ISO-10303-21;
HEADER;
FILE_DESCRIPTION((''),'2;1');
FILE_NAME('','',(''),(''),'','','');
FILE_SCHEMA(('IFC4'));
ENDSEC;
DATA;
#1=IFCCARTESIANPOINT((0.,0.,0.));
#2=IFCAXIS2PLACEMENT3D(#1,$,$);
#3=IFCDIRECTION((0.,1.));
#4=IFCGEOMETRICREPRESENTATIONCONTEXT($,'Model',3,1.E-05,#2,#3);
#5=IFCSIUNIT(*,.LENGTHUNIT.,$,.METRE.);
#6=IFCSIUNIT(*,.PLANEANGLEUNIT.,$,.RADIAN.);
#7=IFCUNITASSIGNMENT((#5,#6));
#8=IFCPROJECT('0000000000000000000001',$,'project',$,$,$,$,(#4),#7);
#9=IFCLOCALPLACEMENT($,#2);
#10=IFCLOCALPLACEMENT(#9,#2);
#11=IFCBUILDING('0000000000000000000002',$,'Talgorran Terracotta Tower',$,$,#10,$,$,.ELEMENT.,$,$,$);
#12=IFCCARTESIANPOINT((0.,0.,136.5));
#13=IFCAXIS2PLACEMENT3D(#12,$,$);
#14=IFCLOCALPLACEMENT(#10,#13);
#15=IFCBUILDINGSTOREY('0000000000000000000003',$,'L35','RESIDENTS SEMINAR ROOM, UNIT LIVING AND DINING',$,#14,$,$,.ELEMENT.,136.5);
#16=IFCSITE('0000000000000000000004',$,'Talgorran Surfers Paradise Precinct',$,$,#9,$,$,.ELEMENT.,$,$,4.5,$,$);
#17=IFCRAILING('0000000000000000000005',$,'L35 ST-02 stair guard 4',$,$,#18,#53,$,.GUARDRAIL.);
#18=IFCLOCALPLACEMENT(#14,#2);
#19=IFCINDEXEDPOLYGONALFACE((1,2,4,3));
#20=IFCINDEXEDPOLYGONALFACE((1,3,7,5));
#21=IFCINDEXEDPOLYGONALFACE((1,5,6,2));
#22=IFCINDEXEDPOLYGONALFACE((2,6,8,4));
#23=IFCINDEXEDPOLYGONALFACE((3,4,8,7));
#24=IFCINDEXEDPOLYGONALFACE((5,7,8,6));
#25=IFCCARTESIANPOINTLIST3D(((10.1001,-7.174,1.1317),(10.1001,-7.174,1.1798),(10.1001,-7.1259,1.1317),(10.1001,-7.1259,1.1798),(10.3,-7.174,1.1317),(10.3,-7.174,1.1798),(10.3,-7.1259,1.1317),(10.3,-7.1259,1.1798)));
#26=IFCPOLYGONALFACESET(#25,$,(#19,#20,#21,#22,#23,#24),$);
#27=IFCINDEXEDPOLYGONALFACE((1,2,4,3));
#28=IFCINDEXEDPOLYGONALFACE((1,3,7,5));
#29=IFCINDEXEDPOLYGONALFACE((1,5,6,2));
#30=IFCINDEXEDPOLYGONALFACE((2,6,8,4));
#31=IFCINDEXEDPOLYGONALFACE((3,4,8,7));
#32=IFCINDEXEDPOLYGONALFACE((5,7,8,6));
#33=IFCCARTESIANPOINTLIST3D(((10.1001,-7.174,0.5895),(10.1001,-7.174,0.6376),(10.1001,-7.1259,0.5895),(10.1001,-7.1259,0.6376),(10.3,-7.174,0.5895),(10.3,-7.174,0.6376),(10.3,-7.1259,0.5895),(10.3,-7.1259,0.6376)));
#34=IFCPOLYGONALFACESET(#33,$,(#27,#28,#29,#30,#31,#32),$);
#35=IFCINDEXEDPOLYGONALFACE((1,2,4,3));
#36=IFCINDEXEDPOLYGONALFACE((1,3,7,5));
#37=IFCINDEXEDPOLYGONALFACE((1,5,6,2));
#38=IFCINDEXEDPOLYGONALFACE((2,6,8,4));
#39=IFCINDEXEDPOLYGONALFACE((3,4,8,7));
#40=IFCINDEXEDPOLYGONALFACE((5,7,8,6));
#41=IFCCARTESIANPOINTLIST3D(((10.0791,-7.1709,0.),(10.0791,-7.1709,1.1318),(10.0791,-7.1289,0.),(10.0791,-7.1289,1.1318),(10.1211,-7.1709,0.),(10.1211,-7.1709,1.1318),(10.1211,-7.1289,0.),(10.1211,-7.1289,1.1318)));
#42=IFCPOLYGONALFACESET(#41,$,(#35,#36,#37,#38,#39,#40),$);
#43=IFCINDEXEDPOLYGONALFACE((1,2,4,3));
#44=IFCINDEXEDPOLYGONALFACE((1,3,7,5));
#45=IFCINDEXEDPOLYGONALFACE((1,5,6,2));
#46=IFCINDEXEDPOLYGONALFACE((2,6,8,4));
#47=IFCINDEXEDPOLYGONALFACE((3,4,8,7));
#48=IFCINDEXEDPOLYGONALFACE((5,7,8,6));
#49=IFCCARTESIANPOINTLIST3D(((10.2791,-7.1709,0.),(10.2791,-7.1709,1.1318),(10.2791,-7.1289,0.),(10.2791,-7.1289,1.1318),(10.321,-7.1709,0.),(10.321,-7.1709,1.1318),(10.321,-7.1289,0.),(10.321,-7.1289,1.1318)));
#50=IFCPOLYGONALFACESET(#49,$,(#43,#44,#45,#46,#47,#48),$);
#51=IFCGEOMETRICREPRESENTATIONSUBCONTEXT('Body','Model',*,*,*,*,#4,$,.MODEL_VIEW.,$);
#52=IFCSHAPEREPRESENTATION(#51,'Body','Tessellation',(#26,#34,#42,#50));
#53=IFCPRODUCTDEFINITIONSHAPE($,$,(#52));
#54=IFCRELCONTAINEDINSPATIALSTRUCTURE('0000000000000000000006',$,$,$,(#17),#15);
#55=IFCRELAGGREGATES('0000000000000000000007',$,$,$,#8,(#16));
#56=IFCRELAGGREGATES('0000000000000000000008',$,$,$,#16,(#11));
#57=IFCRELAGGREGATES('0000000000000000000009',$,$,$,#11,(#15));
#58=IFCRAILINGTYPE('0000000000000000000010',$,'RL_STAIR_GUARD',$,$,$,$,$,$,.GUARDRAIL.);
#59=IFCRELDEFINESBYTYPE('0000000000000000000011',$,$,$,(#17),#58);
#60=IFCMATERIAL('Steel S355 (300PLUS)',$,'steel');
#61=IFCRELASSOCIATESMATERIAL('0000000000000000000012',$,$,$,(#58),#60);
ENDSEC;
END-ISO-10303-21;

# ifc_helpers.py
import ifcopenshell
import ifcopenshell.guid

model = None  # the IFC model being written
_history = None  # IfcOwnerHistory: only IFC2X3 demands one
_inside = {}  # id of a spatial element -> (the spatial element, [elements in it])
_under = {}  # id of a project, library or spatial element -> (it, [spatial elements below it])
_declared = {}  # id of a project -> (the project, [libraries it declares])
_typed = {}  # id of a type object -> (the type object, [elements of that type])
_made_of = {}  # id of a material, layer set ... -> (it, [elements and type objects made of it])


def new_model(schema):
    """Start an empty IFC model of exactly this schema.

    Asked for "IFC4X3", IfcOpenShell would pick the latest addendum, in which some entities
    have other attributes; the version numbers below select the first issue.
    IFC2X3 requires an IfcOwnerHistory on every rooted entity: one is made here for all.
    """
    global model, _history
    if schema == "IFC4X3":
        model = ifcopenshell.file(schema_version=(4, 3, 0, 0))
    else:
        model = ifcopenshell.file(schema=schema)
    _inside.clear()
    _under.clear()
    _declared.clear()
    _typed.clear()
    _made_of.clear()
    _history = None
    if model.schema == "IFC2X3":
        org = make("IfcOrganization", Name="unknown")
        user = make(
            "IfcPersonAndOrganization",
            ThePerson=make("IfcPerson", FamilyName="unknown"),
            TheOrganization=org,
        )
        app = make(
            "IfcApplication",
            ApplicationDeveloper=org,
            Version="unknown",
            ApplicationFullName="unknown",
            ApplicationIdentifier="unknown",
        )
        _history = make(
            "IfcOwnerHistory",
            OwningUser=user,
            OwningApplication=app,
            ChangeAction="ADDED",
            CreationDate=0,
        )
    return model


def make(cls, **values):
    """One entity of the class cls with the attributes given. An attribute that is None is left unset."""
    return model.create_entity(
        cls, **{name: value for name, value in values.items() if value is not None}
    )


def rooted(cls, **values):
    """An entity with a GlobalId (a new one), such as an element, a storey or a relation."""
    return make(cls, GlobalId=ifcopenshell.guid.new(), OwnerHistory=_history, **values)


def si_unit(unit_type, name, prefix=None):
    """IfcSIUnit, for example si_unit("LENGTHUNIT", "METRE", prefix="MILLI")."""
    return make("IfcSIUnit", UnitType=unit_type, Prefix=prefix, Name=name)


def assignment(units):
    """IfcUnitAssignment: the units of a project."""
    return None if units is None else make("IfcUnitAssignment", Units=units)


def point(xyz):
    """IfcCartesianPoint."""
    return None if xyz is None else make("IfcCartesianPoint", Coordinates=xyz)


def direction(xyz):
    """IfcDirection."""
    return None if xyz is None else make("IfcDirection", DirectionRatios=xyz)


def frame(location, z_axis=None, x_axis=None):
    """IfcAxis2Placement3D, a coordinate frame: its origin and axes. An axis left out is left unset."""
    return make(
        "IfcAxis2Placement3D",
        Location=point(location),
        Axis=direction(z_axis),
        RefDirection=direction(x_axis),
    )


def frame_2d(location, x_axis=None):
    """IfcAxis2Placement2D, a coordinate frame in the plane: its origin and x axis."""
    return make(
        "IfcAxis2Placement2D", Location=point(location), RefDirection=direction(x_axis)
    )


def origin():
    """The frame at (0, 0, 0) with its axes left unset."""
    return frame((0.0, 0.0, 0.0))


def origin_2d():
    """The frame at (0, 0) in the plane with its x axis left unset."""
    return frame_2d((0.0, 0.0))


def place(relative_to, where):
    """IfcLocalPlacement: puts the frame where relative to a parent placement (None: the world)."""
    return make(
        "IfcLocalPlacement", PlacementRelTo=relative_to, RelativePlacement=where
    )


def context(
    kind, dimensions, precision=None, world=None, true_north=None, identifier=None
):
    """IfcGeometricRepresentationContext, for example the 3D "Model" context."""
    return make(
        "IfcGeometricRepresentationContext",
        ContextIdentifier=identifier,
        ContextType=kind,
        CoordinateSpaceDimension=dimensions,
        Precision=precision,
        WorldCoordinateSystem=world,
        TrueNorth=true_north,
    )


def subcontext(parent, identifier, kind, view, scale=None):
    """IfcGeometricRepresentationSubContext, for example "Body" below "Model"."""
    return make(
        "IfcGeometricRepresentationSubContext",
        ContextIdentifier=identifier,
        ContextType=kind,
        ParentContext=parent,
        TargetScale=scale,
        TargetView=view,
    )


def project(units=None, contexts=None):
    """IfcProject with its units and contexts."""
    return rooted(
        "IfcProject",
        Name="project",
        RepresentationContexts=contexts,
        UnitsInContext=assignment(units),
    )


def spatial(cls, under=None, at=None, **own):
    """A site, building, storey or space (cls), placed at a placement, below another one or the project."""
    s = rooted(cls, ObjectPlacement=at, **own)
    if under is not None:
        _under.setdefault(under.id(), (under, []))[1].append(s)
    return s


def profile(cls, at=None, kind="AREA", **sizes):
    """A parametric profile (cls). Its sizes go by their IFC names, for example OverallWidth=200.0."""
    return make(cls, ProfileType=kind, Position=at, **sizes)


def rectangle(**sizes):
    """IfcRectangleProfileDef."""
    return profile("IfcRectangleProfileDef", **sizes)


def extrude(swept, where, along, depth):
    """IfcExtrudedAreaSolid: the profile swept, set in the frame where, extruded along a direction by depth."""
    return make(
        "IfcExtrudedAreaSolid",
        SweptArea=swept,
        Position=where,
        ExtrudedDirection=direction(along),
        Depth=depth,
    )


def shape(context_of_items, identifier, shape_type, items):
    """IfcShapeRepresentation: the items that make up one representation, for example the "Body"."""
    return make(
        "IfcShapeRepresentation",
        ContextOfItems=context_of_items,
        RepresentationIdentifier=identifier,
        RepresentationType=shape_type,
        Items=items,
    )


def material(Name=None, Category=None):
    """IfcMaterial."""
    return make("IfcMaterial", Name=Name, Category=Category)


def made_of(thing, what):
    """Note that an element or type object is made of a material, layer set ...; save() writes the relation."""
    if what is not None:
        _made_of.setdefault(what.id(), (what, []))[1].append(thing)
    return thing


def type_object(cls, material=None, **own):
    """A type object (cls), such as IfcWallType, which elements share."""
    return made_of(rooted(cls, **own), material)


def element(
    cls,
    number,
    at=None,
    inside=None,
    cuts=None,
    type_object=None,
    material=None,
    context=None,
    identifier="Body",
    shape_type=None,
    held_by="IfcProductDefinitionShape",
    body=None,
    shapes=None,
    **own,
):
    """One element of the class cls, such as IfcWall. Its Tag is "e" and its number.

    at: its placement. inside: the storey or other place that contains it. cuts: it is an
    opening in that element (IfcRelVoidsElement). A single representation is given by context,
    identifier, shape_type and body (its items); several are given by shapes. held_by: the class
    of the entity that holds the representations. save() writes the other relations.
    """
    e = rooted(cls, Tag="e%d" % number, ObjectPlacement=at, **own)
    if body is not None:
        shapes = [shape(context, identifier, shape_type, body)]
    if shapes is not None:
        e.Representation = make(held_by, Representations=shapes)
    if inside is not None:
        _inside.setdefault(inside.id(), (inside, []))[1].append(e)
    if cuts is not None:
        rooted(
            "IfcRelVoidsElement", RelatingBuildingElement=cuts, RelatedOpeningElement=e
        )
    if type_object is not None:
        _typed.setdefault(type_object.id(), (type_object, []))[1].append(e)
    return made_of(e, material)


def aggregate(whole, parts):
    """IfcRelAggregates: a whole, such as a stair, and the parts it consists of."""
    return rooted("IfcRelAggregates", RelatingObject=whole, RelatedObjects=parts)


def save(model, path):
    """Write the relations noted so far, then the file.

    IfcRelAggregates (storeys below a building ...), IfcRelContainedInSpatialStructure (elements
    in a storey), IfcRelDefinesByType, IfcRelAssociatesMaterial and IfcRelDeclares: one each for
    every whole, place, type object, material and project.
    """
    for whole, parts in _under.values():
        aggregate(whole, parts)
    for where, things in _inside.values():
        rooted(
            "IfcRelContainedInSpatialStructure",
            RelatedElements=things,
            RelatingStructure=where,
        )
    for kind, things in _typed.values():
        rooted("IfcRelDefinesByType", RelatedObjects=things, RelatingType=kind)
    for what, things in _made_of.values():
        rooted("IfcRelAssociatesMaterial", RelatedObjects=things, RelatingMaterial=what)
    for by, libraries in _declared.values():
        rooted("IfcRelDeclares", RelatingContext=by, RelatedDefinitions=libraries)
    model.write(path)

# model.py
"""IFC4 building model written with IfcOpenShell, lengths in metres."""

from ifc_helpers import new_model, si_unit, direction, frame, origin, origin_2d, place, context, subcontext, project, spatial, rectangle, extrude, material, type_object, element, save


model = new_model("IFC4")

# Units and contexts
model_context = context("Model", 3, precision=1e-05, world=origin(), true_north=direction((0.0, 1.0)))
body_context = subcontext(model_context, "Body", "Model", "MODEL_VIEW")
ifc_project = project(units=[si_unit("LENGTHUNIT", "METRE"), si_unit("PLANEANGLEUNIT", "RADIAN")], contexts=[model_context])

# Site, building, storey
site_placement = place(None, origin())
site = spatial("IfcSite", under=ifc_project, at=site_placement, Name="Talgorran Surfers Paradise Precinct", CompositionType="ELEMENT", RefElevation=4.5)
building_placement = place(site_placement, origin())
building = spatial("IfcBuilding", under=site, at=building_placement, Name="Talgorran Terracotta Tower", CompositionType="ELEMENT")
storey_placement = place(building_placement, frame((0.0, 0.0, 136.5)))
storey = spatial("IfcBuildingStorey", under=building, at=storey_placement, Name="L35", Description="RESIDENTS SEMINAR ROOM, UNIT LIVING AND DINING", CompositionType="ELEMENT", Elevation=136.5)

# Shared definitions
ifc_material_1 = material(Name="Steel S355 (300PLUS)", Category="steel")

# Railing
railing_type_1 = type_object("IfcRailingType", Name="RL_STAIR_GUARD", PredefinedType="GUARDRAIL", material=ifc_material_1)
railing_1_placement = place(storey_placement, frame((10.1001, -7.1499, 0.0)))
element("IfcRailing", 1, at=railing_1_placement, inside=storey, type_object=railing_type_1, Name="L35 ST-02 stair guard 4", PredefinedType="GUARDRAIL", context=body_context, shape_type="SweptSolid", body=[
    extrude(rectangle(XDim=0.0481, YDim=0.0481, at=origin_2d()), frame((0.0, 0.0, 1.1558), z_axis=(1.0, 0.0, 0.0), x_axis=(0.0, 1.0, 0.0)), (0.0, 0.0, 1.0), 0.2),
    extrude(rectangle(XDim=0.0481, YDim=0.0481, at=origin_2d()), frame((0.0, 0.0, 0.6135), z_axis=(1.0, 0.0, 0.0), x_axis=(0.0, 1.0, 0.0)), (0.0, 0.0, 1.0), 0.2),
    extrude(rectangle(XDim=0.042, YDim=0.042, at=origin_2d()), origin(), (0.0, 0.0, 1.0), 1.1318),
    extrude(rectangle(XDim=0.042, YDim=0.042, at=origin_2d()), frame((0.2, 0.0, 0.0)), (0.0, 0.0, 1.0), 1.1318),
])

save(model, "model.ifc")
